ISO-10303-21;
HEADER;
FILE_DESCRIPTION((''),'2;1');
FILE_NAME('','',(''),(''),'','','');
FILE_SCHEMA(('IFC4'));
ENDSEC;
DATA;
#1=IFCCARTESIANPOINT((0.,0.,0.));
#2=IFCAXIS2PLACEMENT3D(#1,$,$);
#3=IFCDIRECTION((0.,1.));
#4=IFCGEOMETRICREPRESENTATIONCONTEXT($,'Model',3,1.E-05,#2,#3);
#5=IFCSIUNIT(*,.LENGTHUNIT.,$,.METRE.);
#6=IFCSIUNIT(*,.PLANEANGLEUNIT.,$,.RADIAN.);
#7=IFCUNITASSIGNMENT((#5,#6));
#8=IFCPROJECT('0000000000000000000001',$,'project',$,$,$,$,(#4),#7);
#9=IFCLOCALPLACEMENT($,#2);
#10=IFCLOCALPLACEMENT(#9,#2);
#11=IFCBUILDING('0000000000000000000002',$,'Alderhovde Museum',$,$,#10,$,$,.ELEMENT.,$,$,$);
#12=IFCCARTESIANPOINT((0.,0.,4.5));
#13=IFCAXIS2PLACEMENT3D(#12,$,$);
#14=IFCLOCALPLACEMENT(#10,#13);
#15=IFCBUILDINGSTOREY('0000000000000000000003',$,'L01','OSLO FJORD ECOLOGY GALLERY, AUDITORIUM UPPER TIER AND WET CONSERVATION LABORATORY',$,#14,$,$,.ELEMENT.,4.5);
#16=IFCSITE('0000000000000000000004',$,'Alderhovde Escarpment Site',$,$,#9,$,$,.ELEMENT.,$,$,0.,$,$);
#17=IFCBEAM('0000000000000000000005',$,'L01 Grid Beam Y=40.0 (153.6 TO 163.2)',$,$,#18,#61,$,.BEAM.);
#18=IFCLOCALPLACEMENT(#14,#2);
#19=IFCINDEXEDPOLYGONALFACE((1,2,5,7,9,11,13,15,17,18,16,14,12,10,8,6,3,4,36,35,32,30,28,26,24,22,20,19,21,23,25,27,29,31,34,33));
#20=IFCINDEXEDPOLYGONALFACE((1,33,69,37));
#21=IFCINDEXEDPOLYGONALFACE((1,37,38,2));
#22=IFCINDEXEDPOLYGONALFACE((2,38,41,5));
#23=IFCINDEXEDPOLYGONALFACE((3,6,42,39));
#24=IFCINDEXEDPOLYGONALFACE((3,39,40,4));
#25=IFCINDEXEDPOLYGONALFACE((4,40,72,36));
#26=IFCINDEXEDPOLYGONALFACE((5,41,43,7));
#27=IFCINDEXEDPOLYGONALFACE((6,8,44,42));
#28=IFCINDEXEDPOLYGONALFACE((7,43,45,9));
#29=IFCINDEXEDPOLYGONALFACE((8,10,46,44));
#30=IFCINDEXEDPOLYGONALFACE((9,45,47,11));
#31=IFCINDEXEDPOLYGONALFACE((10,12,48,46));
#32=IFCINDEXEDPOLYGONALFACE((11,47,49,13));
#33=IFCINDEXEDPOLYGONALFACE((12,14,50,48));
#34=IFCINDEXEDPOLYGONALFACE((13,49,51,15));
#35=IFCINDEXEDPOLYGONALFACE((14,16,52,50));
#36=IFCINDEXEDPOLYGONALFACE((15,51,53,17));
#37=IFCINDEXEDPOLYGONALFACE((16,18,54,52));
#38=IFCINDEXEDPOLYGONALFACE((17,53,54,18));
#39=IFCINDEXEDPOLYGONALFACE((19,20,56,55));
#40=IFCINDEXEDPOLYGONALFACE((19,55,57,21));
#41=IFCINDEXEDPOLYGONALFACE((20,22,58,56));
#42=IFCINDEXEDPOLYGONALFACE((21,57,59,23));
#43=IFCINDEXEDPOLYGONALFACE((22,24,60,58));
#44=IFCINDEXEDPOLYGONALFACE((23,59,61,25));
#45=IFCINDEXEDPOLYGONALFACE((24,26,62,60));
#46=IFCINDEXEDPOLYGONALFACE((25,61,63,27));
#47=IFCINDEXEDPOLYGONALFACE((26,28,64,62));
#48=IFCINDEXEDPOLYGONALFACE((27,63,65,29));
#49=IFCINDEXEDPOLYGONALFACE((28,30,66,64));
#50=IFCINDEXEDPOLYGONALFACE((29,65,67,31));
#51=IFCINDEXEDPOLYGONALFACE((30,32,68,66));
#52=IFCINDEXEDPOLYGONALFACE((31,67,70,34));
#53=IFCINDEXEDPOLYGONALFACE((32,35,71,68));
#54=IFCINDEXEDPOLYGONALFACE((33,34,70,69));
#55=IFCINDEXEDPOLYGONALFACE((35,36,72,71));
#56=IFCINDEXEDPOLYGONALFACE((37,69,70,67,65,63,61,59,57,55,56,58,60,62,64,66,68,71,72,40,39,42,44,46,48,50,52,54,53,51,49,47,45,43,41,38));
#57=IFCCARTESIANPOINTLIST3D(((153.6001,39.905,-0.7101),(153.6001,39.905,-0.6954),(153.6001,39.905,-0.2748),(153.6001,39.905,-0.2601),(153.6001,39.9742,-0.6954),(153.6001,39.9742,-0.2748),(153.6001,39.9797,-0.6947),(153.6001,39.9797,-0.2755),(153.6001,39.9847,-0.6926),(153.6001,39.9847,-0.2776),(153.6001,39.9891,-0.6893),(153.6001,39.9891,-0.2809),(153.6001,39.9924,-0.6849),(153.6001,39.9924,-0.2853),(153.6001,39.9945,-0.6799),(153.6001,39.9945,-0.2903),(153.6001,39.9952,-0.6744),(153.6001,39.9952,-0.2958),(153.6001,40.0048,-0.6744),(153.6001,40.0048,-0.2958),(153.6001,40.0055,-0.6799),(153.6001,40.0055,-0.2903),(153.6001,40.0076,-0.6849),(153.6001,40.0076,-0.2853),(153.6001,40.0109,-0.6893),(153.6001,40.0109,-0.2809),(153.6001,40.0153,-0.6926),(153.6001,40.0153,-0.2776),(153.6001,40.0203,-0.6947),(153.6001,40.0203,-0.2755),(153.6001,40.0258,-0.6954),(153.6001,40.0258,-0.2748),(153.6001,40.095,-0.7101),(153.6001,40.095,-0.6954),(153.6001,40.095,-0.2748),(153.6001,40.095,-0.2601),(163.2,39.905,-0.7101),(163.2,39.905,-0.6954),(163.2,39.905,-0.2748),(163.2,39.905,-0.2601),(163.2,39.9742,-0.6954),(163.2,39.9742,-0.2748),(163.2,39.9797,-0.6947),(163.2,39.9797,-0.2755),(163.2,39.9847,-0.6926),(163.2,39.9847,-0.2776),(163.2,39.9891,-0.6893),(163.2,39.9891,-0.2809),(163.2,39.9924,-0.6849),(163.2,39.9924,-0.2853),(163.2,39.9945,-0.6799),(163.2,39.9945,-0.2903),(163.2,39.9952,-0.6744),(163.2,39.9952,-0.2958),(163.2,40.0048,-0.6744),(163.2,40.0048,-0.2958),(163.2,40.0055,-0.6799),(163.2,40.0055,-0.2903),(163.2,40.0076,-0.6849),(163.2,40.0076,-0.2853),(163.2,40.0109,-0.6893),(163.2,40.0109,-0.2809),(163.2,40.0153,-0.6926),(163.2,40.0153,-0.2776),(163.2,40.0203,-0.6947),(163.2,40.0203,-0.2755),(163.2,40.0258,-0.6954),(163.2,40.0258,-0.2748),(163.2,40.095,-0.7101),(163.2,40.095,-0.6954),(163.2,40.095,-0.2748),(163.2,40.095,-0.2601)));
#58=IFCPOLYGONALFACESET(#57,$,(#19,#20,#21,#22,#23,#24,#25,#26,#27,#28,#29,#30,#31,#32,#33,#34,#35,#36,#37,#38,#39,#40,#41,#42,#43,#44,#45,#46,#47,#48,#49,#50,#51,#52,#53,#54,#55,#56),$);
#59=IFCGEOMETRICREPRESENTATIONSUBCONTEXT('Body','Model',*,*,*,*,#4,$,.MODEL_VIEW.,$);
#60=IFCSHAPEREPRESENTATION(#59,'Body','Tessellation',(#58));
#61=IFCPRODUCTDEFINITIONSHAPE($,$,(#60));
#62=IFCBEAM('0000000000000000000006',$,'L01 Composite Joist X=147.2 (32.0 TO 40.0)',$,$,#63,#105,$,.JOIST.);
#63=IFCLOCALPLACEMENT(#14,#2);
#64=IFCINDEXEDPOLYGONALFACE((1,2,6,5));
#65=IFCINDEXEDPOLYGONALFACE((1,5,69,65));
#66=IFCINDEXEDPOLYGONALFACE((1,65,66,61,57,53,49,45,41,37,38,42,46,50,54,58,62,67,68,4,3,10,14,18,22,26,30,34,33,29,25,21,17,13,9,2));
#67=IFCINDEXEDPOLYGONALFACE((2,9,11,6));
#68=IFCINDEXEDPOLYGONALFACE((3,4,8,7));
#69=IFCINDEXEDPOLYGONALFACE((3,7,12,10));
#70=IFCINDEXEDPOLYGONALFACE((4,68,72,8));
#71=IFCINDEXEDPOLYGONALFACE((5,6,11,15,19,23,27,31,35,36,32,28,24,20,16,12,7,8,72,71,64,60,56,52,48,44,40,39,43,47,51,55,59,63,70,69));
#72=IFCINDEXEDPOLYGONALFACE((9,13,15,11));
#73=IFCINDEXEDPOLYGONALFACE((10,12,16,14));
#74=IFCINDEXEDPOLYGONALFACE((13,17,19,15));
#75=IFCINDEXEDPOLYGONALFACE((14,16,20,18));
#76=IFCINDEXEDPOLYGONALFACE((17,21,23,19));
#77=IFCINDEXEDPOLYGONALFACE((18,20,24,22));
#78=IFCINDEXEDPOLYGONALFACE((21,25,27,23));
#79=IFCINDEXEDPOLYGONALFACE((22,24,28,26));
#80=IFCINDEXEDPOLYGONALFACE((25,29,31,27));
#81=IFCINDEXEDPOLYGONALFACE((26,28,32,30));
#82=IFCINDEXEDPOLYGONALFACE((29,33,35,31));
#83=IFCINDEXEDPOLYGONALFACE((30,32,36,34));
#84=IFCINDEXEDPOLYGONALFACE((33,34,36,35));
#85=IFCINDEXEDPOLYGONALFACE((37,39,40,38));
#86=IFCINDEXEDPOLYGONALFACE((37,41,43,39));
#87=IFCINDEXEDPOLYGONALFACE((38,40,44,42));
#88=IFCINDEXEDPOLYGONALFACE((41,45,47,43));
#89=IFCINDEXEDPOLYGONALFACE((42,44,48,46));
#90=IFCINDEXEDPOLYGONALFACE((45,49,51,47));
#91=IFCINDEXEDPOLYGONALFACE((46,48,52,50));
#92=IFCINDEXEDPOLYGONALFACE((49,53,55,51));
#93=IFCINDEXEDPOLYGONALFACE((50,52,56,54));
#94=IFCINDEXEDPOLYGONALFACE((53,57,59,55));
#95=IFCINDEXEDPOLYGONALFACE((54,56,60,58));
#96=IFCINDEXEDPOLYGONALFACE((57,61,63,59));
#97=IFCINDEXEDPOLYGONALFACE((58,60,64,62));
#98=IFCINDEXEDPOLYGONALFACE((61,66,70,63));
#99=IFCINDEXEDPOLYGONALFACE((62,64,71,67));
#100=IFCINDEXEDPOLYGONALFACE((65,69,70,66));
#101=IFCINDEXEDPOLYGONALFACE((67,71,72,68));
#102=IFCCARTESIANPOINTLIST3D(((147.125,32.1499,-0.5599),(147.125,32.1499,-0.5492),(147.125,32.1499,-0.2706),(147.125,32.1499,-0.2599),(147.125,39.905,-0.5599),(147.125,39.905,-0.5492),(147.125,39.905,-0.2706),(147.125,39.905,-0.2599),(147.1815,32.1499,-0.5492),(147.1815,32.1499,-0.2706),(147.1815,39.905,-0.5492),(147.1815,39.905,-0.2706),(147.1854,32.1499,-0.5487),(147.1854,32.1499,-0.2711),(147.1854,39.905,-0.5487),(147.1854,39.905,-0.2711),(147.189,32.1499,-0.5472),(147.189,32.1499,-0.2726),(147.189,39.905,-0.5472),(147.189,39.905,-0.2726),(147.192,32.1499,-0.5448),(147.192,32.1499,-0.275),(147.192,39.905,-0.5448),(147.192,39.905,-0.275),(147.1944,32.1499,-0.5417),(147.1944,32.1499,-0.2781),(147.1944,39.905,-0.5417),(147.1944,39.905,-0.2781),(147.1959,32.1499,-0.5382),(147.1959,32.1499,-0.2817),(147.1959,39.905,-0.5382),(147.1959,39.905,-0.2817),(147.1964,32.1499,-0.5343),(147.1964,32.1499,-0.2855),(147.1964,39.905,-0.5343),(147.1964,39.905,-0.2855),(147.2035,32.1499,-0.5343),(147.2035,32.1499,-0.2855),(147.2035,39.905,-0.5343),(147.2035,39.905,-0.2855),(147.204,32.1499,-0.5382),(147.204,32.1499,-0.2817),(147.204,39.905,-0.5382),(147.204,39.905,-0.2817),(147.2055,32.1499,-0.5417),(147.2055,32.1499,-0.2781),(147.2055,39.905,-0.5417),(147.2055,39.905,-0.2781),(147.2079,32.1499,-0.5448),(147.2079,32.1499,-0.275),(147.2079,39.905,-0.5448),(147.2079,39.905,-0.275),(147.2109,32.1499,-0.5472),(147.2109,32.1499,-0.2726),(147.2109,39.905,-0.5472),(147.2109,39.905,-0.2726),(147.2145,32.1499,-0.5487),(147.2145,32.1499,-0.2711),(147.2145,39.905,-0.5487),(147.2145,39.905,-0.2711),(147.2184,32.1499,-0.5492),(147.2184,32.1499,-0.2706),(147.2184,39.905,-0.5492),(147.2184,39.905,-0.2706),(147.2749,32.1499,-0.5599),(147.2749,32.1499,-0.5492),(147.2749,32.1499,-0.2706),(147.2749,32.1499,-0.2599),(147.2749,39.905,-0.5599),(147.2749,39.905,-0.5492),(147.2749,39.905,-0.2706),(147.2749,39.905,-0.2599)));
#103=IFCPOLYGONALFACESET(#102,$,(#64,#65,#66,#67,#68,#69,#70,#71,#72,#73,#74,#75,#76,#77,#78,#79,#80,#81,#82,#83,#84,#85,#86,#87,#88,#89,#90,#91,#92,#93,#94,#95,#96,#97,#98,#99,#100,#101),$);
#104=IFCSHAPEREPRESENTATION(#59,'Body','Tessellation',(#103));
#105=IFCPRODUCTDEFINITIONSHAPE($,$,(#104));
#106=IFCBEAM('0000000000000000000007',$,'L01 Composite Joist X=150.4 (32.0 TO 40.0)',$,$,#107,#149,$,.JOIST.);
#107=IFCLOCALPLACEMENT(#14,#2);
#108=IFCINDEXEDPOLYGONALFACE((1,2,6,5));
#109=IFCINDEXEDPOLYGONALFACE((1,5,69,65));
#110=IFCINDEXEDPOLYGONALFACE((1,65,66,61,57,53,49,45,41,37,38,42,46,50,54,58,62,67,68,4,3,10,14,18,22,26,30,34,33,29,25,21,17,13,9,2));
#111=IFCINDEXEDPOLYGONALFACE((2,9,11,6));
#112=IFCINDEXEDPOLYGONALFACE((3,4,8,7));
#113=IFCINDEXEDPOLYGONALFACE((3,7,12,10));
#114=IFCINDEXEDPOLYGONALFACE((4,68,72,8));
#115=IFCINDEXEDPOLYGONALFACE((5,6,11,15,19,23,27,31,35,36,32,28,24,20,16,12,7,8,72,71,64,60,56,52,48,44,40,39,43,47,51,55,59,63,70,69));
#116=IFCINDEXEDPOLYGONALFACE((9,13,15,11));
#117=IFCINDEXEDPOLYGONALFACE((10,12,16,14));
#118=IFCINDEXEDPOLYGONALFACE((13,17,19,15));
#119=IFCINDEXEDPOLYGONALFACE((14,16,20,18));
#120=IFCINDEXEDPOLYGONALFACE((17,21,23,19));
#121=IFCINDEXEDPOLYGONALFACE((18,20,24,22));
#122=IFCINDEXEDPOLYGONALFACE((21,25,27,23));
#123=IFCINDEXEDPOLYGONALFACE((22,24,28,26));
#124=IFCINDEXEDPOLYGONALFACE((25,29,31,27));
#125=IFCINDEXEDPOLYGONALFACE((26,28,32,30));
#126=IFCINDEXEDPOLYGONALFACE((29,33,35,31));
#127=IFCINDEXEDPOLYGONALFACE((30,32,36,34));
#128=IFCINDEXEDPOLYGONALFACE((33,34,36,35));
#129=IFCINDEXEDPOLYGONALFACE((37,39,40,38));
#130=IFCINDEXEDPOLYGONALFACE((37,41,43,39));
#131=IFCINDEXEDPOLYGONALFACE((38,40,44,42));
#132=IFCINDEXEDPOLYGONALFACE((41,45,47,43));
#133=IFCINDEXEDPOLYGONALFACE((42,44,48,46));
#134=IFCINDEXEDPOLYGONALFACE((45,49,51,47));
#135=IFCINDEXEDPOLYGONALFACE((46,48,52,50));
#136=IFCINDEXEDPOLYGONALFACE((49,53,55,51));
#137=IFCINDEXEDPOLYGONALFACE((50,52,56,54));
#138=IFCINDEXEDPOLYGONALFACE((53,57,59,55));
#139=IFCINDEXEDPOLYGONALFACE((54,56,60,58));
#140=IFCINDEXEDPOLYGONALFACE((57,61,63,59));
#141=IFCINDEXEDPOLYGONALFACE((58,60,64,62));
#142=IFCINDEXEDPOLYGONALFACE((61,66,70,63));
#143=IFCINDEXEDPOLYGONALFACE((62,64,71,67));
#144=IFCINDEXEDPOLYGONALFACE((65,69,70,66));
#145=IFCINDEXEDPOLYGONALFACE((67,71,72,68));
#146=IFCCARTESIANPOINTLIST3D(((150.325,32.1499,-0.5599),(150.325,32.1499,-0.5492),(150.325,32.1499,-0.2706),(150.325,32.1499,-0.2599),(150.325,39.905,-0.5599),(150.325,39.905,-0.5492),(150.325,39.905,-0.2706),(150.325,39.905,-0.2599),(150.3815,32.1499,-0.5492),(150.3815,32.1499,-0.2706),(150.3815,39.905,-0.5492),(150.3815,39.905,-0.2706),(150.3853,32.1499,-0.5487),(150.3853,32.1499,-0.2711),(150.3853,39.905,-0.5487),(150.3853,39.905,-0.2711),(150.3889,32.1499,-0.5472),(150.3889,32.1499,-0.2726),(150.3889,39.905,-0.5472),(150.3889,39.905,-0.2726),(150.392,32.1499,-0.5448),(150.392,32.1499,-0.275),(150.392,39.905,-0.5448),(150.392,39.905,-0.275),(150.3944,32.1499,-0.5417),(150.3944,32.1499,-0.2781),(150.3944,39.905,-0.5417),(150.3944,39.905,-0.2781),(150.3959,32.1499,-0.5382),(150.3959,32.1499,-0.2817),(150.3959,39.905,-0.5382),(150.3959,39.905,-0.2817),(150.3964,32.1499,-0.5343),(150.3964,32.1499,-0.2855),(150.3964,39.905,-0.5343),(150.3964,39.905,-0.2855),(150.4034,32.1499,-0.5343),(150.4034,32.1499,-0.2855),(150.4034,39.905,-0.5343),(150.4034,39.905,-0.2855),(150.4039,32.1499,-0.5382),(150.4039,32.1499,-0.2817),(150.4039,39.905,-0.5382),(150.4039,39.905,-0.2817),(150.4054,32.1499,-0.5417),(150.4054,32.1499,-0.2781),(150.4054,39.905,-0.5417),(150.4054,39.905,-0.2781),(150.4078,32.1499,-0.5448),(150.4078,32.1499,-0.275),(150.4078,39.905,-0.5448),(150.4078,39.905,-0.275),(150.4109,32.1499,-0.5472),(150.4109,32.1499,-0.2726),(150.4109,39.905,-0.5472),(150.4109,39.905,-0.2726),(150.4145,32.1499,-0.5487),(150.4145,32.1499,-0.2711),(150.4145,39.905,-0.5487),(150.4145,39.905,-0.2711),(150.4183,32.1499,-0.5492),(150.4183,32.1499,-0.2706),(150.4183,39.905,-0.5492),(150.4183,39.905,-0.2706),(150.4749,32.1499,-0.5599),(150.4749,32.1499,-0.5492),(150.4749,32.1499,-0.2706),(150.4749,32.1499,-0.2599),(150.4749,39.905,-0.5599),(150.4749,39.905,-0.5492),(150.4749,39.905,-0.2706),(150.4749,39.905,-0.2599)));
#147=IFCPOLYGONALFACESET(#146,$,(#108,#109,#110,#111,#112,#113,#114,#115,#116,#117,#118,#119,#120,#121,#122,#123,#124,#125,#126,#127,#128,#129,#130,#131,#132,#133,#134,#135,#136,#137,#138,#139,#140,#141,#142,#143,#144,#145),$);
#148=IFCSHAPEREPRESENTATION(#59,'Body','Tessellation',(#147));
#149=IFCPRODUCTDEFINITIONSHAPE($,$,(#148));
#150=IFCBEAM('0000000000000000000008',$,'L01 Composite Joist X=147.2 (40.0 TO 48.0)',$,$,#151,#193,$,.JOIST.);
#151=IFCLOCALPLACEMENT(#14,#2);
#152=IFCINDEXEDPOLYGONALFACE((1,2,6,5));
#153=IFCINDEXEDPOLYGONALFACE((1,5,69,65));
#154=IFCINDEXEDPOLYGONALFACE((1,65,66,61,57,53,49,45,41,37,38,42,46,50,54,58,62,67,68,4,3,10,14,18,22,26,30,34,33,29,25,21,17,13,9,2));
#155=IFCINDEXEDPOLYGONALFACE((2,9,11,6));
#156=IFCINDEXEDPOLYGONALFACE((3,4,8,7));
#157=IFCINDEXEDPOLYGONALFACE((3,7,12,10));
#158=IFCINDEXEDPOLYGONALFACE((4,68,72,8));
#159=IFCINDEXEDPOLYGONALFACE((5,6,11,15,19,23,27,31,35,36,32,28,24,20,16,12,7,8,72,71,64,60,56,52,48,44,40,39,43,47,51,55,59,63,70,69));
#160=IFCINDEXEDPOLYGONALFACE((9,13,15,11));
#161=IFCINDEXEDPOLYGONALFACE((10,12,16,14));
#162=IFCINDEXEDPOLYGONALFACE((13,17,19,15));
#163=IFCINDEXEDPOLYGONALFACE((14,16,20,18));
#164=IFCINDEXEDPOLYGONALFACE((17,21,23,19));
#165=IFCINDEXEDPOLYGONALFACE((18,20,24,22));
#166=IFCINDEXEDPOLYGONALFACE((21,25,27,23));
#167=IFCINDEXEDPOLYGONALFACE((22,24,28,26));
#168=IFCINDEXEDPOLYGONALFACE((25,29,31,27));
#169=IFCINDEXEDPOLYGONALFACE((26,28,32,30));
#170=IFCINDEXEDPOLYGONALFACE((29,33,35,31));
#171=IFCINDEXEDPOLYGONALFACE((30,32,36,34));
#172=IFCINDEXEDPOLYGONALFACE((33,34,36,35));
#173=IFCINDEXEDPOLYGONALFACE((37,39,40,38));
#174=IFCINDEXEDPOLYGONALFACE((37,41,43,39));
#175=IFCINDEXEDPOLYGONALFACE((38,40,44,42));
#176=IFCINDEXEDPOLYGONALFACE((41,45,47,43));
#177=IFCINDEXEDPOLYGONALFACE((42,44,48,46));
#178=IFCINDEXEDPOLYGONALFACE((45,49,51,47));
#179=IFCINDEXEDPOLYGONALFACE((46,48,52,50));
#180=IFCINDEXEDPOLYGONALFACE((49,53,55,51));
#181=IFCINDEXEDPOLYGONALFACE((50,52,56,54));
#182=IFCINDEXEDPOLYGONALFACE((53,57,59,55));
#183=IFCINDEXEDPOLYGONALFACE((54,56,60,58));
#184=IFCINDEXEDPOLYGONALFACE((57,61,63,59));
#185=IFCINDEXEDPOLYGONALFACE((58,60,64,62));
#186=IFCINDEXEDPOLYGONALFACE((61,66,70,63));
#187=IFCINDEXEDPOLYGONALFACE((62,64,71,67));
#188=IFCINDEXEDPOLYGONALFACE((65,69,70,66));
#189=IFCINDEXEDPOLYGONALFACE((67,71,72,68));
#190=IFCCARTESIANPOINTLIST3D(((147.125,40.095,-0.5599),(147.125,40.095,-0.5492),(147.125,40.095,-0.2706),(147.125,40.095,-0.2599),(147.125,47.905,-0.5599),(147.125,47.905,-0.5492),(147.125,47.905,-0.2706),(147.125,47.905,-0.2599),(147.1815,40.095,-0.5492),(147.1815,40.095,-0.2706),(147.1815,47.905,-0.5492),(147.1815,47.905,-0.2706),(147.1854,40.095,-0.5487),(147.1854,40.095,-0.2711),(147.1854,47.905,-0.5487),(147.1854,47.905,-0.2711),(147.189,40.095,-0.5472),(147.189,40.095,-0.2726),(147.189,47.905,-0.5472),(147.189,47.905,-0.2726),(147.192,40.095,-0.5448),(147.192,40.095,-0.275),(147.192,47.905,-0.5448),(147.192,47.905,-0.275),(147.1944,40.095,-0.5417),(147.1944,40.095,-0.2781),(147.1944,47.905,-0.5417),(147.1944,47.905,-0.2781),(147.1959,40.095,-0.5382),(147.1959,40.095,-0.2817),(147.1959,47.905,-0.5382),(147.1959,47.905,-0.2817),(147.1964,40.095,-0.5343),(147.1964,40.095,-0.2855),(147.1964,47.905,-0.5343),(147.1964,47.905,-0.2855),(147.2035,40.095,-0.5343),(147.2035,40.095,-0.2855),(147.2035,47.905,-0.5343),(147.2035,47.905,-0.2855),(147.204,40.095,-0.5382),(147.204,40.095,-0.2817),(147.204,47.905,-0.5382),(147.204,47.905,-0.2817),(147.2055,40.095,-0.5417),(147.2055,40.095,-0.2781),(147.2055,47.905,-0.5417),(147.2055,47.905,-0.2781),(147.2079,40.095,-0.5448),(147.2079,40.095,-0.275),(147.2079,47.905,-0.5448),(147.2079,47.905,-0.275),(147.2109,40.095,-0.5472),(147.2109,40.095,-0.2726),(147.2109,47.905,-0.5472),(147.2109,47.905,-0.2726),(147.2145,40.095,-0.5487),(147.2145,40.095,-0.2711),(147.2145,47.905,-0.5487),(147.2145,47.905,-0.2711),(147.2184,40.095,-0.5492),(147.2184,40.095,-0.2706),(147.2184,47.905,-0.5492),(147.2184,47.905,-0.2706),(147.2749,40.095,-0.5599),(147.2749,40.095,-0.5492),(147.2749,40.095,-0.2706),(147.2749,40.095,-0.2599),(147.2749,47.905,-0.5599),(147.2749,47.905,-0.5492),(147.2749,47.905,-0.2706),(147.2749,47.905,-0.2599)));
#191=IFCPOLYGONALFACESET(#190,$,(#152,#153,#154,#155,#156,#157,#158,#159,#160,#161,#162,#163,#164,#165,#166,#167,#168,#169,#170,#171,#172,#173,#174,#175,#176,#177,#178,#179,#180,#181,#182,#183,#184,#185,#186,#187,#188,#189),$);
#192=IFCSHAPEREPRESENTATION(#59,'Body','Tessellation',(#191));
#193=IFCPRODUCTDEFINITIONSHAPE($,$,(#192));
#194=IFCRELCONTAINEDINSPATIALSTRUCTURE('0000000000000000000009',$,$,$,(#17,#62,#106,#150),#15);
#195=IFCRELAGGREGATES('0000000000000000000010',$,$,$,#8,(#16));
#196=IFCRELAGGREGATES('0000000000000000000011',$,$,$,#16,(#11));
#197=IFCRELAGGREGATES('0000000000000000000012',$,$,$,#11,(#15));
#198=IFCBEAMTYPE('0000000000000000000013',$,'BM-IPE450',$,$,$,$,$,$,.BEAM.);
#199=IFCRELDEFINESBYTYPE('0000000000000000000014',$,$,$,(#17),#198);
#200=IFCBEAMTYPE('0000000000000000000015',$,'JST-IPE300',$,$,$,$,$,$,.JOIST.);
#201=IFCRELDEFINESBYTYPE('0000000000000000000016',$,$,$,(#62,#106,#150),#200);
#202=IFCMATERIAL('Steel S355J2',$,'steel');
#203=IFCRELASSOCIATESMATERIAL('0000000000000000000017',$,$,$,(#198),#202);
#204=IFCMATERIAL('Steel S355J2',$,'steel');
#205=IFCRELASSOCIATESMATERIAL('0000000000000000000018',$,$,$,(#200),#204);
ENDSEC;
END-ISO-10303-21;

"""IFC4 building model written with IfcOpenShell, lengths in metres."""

from ifc_helpers import new_model, si_unit, direction, frame, origin, origin_2d, place, context, subcontext, project, spatial, i_section, extrude, material, material_profile, profile_set, type_object, element, save


model = new_model("IFC4")

# Units and contexts
model_context = context("Model", 3, precision=1e-05, world=origin(), true_north=direction((0.0, 1.0)))
body_context = subcontext(model_context, "Body", "Model", "MODEL_VIEW")
ifc_project = project(units=[si_unit("LENGTHUNIT", "METRE"), si_unit("PLANEANGLEUNIT", "RADIAN")], contexts=[model_context])

# Site, building, storey
site_placement = place(None, origin())
site = spatial("IfcSite", under=ifc_project, at=site_placement, Name="Alderhovde Escarpment Site", CompositionType="ELEMENT", RefElevation=0.0)
building_placement = place(site_placement, origin())
building = spatial("IfcBuilding", under=site, at=building_placement, Name="Alderhovde Museum", CompositionType="ELEMENT")
storey_placement = place(building_placement, frame((0.0, 0.0, 4.5)))
storey = spatial("IfcBuildingStorey", under=building, at=storey_placement, Name="L01", Description="OSLO FJORD ECOLOGY GALLERY, AUDITORIUM UPPER TIER AND WET CONSERVATION LABORATORY", CompositionType="ELEMENT", Elevation=4.5)

# Beams
ifc_material_1 = material(Name="Steel S355J2", Category="steel")
ifc_material_profile_1 = material_profile(ifc_material_1, i_section(OverallWidth=0.1899, OverallDepth=0.45, WebThickness=0.0095, FlangeThickness=0.0146, FilletRadius=0.021, at=origin_2d()), Name="IPE 450")
ifc_profile_set_1 = profile_set([ifc_material_profile_1], Name="Steel S355J2")
beam_type_1 = type_object("IfcBeamType", Name="BM-IPE450", PredefinedType="BEAM", material=ifc_profile_set_1)
beam_1_placement = place(storey_placement, frame((153.6001, 40.0, -0.4851), z_axis=(1.0, 0.0, 0.0), x_axis=(0.0, 1.0, 0.0)))
element("IfcBeam", 1, at=beam_1_placement, inside=storey, type_object=beam_type_1, Name="L01 Grid Beam Y=40.0 (153.6 TO 163.2)", PredefinedType="BEAM", context=body_context, shape_type="SweptSolid", body=[
    extrude(i_section(OverallWidth=0.1899, OverallDepth=0.45, WebThickness=0.0095, FlangeThickness=0.0146, FilletRadius=0.021, at=origin_2d()), origin(), (0.0, 0.0, 1.0), 9.5999),
])
ifc_material_2 = material(Name="Steel S355J2", Category="steel")
ifc_material_profile_2 = material_profile(ifc_material_2, i_section(OverallWidth=0.1499, OverallDepth=0.3, WebThickness=0.0071, FlangeThickness=0.0107, FilletRadius=0.0149, at=origin_2d()), Name="IPE 300")
ifc_profile_set_2 = profile_set([ifc_material_profile_2], Name="Steel S355J2")
beam_type_2 = type_object("IfcBeamType", Name="JST-IPE300", PredefinedType="JOIST", material=ifc_profile_set_2)
for number, where, z_axis, x_axis, name in (
    (2, (147.2, 32.1499, -0.4099), (0.0, 1.0, 0.0), (-1.0, 0.0, 0.0), "L01 Composite Joist X=147.2 (32.0 TO 40.0)"),
    (3, (150.3999, 32.1499, -0.4099), (0.0, 1.0, 0.0), (-1.0, 0.0, 0.0), "L01 Composite Joist X=150.4 (32.0 TO 40.0)"),
):
    element("IfcBeam", number, at=place(storey_placement, frame(where, z_axis=z_axis, x_axis=x_axis)), inside=storey, type_object=beam_type_2, Name=name, PredefinedType="JOIST", context=body_context, shape_type="SweptSolid", body=[
        extrude(i_section(OverallWidth=0.1499, OverallDepth=0.3, WebThickness=0.0071, FlangeThickness=0.0107, FilletRadius=0.0149, at=origin_2d()), origin(), (0.0, 0.0, 1.0), 7.7551),
    ])
for number, where, z_axis, x_axis, name in (
    (4, (147.2, 40.095, -0.4099), (0.0, 1.0, 0.0), (-1.0, 0.0, 0.0), "L01 Composite Joist X=147.2 (40.0 TO 48.0)"),
):
    element("IfcBeam", number, at=place(storey_placement, frame(where, z_axis=z_axis, x_axis=x_axis)), inside=storey, type_object=beam_type_2, Name=name, PredefinedType="JOIST", context=body_context, shape_type="SweptSolid", body=[
        extrude(i_section(OverallWidth=0.1499, OverallDepth=0.3, WebThickness=0.0071, FlangeThickness=0.0107, FilletRadius=0.0149, at=origin_2d()), origin(), (0.0, 0.0, 1.0), 7.8101),
    ])

save(model, "model.ifc")
